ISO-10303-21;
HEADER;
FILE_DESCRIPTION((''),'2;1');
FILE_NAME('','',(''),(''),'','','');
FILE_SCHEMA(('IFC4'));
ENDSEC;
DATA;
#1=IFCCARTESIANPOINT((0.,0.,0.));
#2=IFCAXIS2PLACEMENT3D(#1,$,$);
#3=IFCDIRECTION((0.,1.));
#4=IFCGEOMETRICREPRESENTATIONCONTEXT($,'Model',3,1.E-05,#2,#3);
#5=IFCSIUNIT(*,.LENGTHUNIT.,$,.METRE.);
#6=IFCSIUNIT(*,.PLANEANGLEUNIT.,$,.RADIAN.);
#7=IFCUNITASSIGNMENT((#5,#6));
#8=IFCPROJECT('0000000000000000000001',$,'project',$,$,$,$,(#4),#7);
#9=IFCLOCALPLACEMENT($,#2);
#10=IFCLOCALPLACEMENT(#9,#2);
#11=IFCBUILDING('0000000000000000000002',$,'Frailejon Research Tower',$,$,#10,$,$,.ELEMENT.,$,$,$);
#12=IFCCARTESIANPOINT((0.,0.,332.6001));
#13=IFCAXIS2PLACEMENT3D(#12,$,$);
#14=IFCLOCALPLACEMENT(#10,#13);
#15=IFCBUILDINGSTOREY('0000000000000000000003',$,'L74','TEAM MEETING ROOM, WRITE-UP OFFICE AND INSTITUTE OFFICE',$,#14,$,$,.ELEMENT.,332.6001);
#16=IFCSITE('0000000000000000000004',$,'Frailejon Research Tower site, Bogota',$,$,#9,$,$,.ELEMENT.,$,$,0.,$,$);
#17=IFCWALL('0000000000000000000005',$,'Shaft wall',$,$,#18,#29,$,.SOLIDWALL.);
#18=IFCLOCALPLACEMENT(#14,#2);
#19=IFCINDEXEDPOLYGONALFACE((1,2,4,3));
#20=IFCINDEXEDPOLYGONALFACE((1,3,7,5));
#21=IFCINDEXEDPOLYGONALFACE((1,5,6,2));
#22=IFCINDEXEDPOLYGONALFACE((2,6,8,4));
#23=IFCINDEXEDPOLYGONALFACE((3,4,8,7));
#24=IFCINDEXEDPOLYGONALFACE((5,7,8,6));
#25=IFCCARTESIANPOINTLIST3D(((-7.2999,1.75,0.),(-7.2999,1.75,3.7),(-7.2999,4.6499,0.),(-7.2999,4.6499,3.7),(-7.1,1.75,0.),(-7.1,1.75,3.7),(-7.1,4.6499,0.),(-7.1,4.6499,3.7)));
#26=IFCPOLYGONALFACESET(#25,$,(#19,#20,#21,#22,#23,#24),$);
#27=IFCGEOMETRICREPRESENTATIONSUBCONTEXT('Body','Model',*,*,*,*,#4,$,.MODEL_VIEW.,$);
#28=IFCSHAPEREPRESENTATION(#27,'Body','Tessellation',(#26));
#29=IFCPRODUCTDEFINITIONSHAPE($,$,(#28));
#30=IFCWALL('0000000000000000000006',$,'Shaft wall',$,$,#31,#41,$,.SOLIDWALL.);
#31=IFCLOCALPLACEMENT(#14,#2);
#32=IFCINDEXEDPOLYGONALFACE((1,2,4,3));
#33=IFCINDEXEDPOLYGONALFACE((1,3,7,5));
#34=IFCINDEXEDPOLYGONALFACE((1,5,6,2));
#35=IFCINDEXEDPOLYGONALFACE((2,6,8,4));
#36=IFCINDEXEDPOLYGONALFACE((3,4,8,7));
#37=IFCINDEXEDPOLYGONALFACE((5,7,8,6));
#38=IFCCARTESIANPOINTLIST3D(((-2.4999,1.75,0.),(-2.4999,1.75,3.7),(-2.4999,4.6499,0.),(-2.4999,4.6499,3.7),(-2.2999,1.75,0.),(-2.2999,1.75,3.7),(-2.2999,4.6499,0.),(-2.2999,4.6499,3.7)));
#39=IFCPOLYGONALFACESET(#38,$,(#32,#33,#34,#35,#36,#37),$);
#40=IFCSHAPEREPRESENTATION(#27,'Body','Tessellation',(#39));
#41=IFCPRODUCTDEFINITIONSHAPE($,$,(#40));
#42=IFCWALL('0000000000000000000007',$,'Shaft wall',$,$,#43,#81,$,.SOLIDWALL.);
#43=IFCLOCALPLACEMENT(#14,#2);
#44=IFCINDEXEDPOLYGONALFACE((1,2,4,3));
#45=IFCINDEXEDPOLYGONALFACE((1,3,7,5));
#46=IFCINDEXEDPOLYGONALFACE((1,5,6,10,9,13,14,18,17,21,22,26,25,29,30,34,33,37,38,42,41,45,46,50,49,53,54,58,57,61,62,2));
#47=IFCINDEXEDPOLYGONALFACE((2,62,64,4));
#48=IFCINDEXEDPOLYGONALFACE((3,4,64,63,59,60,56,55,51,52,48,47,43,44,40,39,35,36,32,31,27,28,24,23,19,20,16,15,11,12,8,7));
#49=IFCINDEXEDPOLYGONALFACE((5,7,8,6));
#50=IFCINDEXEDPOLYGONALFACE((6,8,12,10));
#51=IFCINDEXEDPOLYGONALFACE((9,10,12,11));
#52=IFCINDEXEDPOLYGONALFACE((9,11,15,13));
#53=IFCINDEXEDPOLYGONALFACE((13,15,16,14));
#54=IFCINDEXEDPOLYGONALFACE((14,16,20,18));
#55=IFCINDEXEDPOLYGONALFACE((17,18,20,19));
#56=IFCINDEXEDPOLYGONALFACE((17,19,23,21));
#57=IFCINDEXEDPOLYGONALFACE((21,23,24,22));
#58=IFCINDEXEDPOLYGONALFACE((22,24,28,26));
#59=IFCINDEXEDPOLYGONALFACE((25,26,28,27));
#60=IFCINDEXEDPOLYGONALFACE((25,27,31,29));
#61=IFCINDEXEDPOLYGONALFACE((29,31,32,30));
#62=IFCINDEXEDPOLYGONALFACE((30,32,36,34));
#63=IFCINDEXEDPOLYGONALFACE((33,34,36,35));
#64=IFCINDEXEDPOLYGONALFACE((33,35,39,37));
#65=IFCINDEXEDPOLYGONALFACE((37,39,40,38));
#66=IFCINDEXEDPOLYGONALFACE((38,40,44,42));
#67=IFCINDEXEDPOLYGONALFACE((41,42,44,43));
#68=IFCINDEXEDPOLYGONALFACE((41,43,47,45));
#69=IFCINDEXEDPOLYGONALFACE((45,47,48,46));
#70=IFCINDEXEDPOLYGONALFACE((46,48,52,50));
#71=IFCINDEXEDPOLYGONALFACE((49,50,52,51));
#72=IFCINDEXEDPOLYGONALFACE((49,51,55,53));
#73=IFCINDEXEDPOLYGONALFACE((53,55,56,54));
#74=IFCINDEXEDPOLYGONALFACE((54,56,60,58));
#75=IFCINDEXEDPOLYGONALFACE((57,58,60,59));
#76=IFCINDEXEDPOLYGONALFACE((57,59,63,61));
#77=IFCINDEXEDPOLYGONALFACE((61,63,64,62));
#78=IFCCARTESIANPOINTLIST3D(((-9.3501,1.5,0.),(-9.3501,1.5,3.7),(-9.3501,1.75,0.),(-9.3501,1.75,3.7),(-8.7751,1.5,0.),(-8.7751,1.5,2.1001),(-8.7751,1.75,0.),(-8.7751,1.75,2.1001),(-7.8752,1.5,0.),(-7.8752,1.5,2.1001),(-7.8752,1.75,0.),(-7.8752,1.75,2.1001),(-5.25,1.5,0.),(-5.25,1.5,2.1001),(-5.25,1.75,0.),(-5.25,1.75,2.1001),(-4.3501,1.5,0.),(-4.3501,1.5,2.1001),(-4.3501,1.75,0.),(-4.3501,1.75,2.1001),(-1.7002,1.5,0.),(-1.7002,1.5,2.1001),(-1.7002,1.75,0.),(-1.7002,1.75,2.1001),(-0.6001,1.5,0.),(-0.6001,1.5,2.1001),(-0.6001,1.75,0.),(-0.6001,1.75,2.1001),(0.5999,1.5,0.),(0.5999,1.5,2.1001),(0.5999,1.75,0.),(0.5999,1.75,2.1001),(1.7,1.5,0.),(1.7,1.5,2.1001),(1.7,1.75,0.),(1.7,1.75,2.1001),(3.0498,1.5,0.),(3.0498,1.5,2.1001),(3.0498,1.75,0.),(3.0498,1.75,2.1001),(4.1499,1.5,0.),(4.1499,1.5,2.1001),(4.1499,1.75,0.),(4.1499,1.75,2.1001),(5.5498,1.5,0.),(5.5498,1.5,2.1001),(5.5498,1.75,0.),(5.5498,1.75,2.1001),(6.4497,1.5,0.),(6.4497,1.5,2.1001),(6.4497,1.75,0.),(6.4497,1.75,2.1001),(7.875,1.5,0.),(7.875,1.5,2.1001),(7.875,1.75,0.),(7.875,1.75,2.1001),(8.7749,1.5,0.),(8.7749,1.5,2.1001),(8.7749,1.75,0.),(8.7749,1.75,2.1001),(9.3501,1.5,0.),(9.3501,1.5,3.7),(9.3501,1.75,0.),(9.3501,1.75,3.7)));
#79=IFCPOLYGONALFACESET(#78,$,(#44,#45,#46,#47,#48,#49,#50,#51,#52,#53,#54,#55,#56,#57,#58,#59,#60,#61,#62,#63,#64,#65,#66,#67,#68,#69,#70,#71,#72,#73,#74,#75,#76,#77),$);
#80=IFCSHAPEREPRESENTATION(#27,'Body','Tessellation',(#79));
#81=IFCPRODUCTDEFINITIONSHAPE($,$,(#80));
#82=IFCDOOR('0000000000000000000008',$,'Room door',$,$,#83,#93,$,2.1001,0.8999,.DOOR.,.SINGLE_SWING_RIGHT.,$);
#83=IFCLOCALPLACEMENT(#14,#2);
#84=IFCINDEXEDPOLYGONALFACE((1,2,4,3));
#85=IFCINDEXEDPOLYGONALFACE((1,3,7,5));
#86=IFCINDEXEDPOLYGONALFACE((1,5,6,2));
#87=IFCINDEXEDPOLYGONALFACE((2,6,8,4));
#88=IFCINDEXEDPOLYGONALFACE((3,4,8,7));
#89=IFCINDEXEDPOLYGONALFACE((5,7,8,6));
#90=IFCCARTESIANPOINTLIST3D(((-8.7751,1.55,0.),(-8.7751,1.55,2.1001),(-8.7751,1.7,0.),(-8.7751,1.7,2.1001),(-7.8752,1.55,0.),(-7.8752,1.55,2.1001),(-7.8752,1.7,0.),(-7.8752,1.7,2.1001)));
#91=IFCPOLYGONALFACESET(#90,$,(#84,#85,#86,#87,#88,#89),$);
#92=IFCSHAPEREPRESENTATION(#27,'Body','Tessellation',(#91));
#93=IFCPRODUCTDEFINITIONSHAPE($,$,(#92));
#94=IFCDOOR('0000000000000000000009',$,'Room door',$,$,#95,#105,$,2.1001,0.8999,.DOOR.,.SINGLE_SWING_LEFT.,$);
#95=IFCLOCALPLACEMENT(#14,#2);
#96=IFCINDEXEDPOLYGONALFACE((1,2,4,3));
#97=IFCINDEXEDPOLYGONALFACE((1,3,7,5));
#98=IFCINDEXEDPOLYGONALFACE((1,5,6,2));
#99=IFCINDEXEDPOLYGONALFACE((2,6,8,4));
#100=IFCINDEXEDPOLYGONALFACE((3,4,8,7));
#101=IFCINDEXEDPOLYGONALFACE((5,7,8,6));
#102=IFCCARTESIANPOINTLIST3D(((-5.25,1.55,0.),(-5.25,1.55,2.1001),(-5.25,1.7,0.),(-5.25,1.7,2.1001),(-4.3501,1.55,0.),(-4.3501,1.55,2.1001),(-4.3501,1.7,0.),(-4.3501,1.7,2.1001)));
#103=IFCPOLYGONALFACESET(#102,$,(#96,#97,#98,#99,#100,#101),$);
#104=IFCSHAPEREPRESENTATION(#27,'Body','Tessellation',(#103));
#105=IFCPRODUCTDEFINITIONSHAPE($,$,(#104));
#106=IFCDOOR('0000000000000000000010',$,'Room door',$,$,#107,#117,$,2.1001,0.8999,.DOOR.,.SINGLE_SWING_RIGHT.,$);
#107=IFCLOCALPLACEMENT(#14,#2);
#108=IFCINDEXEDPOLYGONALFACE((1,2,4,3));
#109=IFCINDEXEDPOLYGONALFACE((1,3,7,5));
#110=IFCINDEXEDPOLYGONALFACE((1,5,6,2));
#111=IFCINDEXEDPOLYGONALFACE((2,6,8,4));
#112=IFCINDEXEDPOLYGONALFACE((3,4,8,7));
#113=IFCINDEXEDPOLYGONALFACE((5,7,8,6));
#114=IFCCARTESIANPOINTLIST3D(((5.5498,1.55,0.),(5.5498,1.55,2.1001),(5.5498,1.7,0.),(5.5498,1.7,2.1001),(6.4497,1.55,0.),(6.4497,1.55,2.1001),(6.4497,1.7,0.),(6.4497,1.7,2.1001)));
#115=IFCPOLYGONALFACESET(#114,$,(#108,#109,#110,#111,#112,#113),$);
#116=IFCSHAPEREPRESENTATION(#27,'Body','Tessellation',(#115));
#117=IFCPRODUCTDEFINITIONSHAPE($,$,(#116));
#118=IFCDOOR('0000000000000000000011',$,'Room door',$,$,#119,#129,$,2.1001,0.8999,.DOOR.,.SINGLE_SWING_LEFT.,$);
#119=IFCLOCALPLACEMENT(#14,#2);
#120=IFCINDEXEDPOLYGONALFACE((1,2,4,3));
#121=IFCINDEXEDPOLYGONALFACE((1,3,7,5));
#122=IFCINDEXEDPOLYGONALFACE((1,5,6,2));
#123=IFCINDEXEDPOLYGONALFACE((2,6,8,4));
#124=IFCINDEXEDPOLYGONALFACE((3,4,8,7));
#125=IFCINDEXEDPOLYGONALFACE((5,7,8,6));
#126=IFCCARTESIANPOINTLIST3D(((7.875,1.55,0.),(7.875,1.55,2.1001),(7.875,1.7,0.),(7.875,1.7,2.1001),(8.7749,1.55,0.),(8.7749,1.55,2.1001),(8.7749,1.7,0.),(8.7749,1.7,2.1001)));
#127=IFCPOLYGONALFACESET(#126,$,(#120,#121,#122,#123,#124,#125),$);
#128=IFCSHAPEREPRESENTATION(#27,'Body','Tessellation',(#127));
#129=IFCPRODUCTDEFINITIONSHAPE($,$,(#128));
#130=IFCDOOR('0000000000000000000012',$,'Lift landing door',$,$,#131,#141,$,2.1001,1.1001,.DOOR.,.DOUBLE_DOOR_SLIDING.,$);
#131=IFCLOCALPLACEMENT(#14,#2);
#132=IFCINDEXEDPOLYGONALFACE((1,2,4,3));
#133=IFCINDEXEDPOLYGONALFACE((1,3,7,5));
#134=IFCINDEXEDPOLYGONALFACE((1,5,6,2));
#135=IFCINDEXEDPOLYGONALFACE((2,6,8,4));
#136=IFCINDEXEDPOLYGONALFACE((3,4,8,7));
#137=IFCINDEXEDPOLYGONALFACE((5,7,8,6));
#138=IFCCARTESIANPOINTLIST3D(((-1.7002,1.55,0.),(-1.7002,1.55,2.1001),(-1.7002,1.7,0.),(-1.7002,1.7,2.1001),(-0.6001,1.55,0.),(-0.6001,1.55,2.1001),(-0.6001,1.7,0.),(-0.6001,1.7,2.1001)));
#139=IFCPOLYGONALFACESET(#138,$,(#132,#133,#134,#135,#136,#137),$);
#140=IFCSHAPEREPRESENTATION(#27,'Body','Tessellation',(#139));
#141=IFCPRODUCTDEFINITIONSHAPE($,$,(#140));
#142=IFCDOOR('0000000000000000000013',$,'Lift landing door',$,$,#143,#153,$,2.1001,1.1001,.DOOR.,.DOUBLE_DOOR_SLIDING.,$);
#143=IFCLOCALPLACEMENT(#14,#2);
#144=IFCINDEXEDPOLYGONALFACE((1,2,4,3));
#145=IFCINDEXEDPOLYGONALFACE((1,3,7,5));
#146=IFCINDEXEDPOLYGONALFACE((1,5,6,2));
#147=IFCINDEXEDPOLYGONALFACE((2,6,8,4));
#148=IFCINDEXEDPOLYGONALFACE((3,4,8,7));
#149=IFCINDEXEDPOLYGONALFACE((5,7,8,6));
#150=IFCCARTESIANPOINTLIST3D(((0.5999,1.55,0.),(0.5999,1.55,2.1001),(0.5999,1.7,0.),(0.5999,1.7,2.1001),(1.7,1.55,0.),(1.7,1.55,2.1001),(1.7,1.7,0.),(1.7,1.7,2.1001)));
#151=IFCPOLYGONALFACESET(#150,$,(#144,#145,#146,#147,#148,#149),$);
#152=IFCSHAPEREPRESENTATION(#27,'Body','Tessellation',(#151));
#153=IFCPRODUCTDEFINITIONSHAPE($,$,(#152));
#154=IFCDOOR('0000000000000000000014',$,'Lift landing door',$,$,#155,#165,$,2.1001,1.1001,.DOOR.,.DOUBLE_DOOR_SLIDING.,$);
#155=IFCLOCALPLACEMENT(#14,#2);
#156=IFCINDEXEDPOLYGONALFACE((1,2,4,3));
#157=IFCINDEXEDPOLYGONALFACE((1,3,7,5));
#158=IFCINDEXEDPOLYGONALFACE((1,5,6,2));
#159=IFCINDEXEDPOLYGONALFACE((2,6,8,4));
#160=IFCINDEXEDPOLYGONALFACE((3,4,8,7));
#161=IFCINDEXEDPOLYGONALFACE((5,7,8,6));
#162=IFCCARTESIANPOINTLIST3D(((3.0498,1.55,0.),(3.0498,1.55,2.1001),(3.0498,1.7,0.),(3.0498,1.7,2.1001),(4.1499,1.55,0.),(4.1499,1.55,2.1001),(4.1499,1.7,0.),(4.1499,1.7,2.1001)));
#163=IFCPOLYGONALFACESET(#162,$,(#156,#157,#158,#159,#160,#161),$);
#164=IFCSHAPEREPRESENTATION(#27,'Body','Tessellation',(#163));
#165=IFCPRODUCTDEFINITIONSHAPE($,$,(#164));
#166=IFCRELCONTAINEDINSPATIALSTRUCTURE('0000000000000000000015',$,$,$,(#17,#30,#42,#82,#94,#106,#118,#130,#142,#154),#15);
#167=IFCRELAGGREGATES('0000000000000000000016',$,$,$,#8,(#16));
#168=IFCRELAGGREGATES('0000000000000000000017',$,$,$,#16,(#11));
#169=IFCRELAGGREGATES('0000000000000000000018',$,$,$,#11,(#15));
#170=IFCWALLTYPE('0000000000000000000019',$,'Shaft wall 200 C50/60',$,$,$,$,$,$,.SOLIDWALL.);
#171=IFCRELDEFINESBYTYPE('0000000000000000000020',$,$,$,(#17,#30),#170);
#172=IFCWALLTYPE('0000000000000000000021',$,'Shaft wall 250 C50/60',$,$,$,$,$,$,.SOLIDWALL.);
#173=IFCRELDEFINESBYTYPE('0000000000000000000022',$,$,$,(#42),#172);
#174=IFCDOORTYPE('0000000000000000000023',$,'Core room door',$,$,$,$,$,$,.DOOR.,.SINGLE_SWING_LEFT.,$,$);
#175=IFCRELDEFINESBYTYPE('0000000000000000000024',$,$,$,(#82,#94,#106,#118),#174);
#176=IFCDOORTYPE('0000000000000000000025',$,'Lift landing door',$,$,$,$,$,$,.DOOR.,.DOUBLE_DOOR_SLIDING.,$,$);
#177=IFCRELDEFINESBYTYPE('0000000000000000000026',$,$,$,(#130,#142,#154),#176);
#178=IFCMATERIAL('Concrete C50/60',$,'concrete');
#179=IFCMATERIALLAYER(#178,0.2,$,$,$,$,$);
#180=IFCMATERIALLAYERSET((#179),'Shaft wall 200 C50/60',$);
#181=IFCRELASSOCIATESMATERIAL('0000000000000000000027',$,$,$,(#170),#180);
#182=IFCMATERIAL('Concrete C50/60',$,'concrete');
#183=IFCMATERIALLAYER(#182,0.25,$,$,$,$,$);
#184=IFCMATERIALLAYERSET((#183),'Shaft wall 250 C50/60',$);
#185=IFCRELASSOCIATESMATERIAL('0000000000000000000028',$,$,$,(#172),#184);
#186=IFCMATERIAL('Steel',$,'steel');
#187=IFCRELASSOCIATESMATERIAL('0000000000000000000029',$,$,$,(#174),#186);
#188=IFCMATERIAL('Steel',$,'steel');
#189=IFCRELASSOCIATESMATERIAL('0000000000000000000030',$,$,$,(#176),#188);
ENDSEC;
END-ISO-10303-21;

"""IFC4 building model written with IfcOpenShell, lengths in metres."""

from ifc_helpers import new_model, si_unit, direction, frame, frame_2d, origin, place, context, subcontext, project, spatial, rectangle, extrude, material, layer, layer_set, type_object, element, fill, save


model = new_model("IFC4")

# Units and contexts
model_context = context("Model", 3, precision=1e-05, world=origin(), true_north=direction((0.0, 1.0)))
body_context = subcontext(model_context, "Body", "Model", "MODEL_VIEW")
ifc_project = project(units=[si_unit("LENGTHUNIT", "METRE"), si_unit("PLANEANGLEUNIT", "RADIAN")], contexts=[model_context])

# Site, building, storey
site_placement = place(None, origin())
site = spatial("IfcSite", under=ifc_project, at=site_placement, Name="Frailejon Research Tower site, Bogota", CompositionType="ELEMENT", RefElevation=0.0)
building_placement = place(site_placement, origin())
building = spatial("IfcBuilding", under=site, at=building_placement, Name="Frailejon Research Tower", CompositionType="ELEMENT")
storey_placement = place(building_placement, frame((0.0, 0.0, 332.6001)))
storey = spatial("IfcBuildingStorey", under=building, at=storey_placement, Name="L74", Description="TEAM MEETING ROOM, WRITE-UP OFFICE AND INSTITUTE OFFICE", CompositionType="ELEMENT", Elevation=332.6001)

# Walls
ifc_material_1 = material(Name="Concrete C50/60", Category="concrete")
ifc_layer_1 = layer(ifc_material_1, 0.2)
ifc_layer_set_1 = layer_set([ifc_layer_1], Name="Shaft wall 200 C50/60")
wall_type_1 = type_object("IfcWallType", Name="Shaft wall 200 C50/60", PredefinedType="SOLIDWALL", material=ifc_layer_set_1)
for number, where, z_axis, x_axis, name in (
    (1, (-7.2, 1.75, 0.0), (0.0, 0.0, 1.0), (0.0, 1.0, 0.0), "Shaft wall"),
    (2, (-2.3999, 1.75, 0.0), (0.0, 0.0, 1.0), (0.0, 1.0, 0.0), "Shaft wall"),
):
    element("IfcWall", number, at=place(storey_placement, frame(where, z_axis=z_axis, x_axis=x_axis)), inside=storey, type_object=wall_type_1, Name=name, PredefinedType="SOLIDWALL", context=body_context, shape_type="SweptSolid", body=[
        extrude(rectangle(XDim=2.8999, YDim=0.2, at=frame_2d((1.45, 0.0))), origin(), (0.0, 0.0, 1.0), 3.7),
    ])

# Wall, openings, doors
ifc_material_2 = material(Name="Concrete C50/60", Category="concrete")
ifc_layer_2 = layer(ifc_material_2, 0.25)
ifc_layer_set_2 = layer_set([ifc_layer_2], Name="Shaft wall 250 C50/60")
wall_type_2 = type_object("IfcWallType", Name="Shaft wall 250 C50/60", PredefinedType="SOLIDWALL", material=ifc_layer_set_2)
wall_1_placement = place(storey_placement, frame((-9.3501, 1.625, 0.0), z_axis=(0.0, 0.0, 1.0), x_axis=(1.0, 0.0, 0.0)))
wall_1 = element("IfcWall", 3, at=wall_1_placement, inside=storey, type_object=wall_type_2, Name="Shaft wall", PredefinedType="SOLIDWALL", context=body_context, shape_type="SweptSolid", body=[
    extrude(rectangle(XDim=18.7002, YDim=0.25, at=frame_2d((9.3501, 0.0))), origin(), (0.0, 0.0, 1.0), 3.7),
])
opening_1_placement = place(wall_1_placement, frame((7.6499, 0.0, 0.0)))
opening_1 = element("IfcOpeningElement", 4, at=opening_1_placement, cuts=wall_1, PredefinedType="OPENING", context=body_context, shape_type="SweptSolid", body=[
    extrude(rectangle(XDim=1.1001, YDim=2.1001, at=frame_2d((0.55, 1.05))), frame((0.0, 0.135, 0.0), z_axis=(0.0, -1.0, 0.0), x_axis=(1.0, 0.0, 0.0)), (0.0, 0.0, 1.0), 0.27),
])
opening_2_placement = place(wall_1_placement, frame((9.95, 0.0, 0.0)))
opening_2 = element("IfcOpeningElement", 5, at=opening_2_placement, cuts=wall_1, PredefinedType="OPENING", context=body_context, shape_type="SweptSolid", body=[
    extrude(rectangle(XDim=1.1001, YDim=2.1001, at=frame_2d((0.55, 1.05))), frame((0.0, 0.135, 0.0), z_axis=(0.0, -1.0, 0.0), x_axis=(1.0, 0.0, 0.0)), (0.0, 0.0, 1.0), 0.27),
])
opening_3_placement = place(wall_1_placement, frame((12.3999, 0.0, 0.0)))
opening_3 = element("IfcOpeningElement", 6, at=opening_3_placement, cuts=wall_1, PredefinedType="OPENING", context=body_context, shape_type="SweptSolid", body=[
    extrude(rectangle(XDim=1.1001, YDim=2.1001, at=frame_2d((0.55, 1.05))), frame((0.0, 0.135, 0.0), z_axis=(0.0, -1.0, 0.0), x_axis=(1.0, 0.0, 0.0)), (0.0, 0.0, 1.0), 0.27),
])
opening_4_placement = place(wall_1_placement, frame((0.575, 0.0, 0.0)))
opening_4 = element("IfcOpeningElement", 7, at=opening_4_placement, cuts=wall_1, PredefinedType="OPENING", context=body_context, shape_type="SweptSolid", body=[
    extrude(rectangle(XDim=0.8999, YDim=2.1001, at=frame_2d((0.45, 1.05))), frame((0.0, 0.135, 0.0), z_axis=(0.0, -1.0, 0.0), x_axis=(1.0, 0.0, 0.0)), (0.0, 0.0, 1.0), 0.27),
])
opening_5_placement = place(wall_1_placement, frame((4.1001, 0.0, 0.0)))
opening_5 = element("IfcOpeningElement", 8, at=opening_5_placement, cuts=wall_1, PredefinedType="OPENING", context=body_context, shape_type="SweptSolid", body=[
    extrude(rectangle(XDim=0.8999, YDim=2.1001, at=frame_2d((0.45, 1.05))), frame((0.0, 0.135, 0.0), z_axis=(0.0, -1.0, 0.0), x_axis=(1.0, 0.0, 0.0)), (0.0, 0.0, 1.0), 0.27),
])
opening_6_placement = place(wall_1_placement, frame((14.8999, 0.0, 0.0)))
opening_6 = element("IfcOpeningElement", 9, at=opening_6_placement, cuts=wall_1, PredefinedType="OPENING", context=body_context, shape_type="SweptSolid", body=[
    extrude(rectangle(XDim=0.8999, YDim=2.1001, at=frame_2d((0.45, 1.05))), frame((0.0, 0.135, 0.0), z_axis=(0.0, -1.0, 0.0), x_axis=(1.0, 0.0, 0.0)), (0.0, 0.0, 1.0), 0.27),
])
opening_7_placement = place(wall_1_placement, frame((17.2251, 0.0, 0.0)))
opening_7 = element("IfcOpeningElement", 10, at=opening_7_placement, cuts=wall_1, PredefinedType="OPENING", context=body_context, shape_type="SweptSolid", body=[
    extrude(rectangle(XDim=0.8999, YDim=2.1001, at=frame_2d((0.45, 1.05))), frame((0.0, 0.135, 0.0), z_axis=(0.0, -1.0, 0.0), x_axis=(1.0, 0.0, 0.0)), (0.0, 0.0, 1.0), 0.27),
])
ifc_material_3 = material(Name="Steel", Category="steel")
door_type_1 = type_object("IfcDoorType", Name="Core room door", OperationType="SINGLE_SWING_LEFT", PredefinedType="DOOR", material=ifc_material_3)
door_1_placement = place(opening_4_placement, origin())
door_1 = element("IfcDoor", 11, at=door_1_placement, inside=storey, type_object=door_type_1, Name="Room door", OperationType="SINGLE_SWING_RIGHT", OverallHeight=2.1001, OverallWidth=0.8999, PredefinedType="DOOR", context=body_context, shape_type="SweptSolid", body=[
    extrude(rectangle(XDim=0.8999, YDim=2.1001, at=frame_2d((0.45, 1.05))), frame((0.0, 0.075, 0.0), z_axis=(0.0, -1.0, 0.0), x_axis=(1.0, 0.0, 0.0)), (0.0, 0.0, 1.0), 0.1499),
])
fill(opening_4, door_1)
door_2_placement = place(opening_5_placement, origin())
door_2 = element("IfcDoor", 12, at=door_2_placement, inside=storey, type_object=door_type_1, Name="Room door", OperationType="SINGLE_SWING_LEFT", OverallHeight=2.1001, OverallWidth=0.8999, PredefinedType="DOOR", context=body_context, shape_type="SweptSolid", body=[
    extrude(rectangle(XDim=0.8999, YDim=2.1001, at=frame_2d((0.45, 1.05))), frame((0.0, 0.075, 0.0), z_axis=(0.0, -1.0, 0.0), x_axis=(1.0, 0.0, 0.0)), (0.0, 0.0, 1.0), 0.1499),
])
fill(opening_5, door_2)
door_3_placement = place(opening_6_placement, origin())
door_3 = element("IfcDoor", 13, at=door_3_placement, inside=storey, type_object=door_type_1, Name="Room door", OperationType="SINGLE_SWING_RIGHT", OverallHeight=2.1001, OverallWidth=0.8999, PredefinedType="DOOR", context=body_context, shape_type="SweptSolid", body=[
    extrude(rectangle(XDim=0.8999, YDim=2.1001, at=frame_2d((0.45, 1.05))), frame((0.0, 0.075, 0.0), z_axis=(0.0, -1.0, 0.0), x_axis=(1.0, 0.0, 0.0)), (0.0, 0.0, 1.0), 0.1499),
])
fill(opening_6, door_3)
door_4_placement = place(opening_7_placement, origin())
door_4 = element("IfcDoor", 14, at=door_4_placement, inside=storey, type_object=door_type_1, Name="Room door", OperationType="SINGLE_SWING_LEFT", OverallHeight=2.1001, OverallWidth=0.8999, PredefinedType="DOOR", context=body_context, shape_type="SweptSolid", body=[
    extrude(rectangle(XDim=0.8999, YDim=2.1001, at=frame_2d((0.45, 1.05))), frame((0.0, 0.075, 0.0), z_axis=(0.0, -1.0, 0.0), x_axis=(1.0, 0.0, 0.0)), (0.0, 0.0, 1.0), 0.1499),
])
fill(opening_7, door_4)
ifc_material_4 = material(Name="Steel", Category="steel")
door_type_2 = type_object("IfcDoorType", Name="Lift landing door", OperationType="DOUBLE_DOOR_SLIDING", PredefinedType="DOOR", material=ifc_material_4)
door_5_placement = place(opening_1_placement, origin())
door_5 = element("IfcDoor", 15, at=door_5_placement, inside=storey, type_object=door_type_2, Name="Lift landing door", OperationType="DOUBLE_DOOR_SLIDING", OverallHeight=2.1001, OverallWidth=1.1001, PredefinedType="DOOR", context=body_context, shape_type="SweptSolid", body=[
    extrude(rectangle(XDim=1.1001, YDim=2.1001, at=frame_2d((0.55, 1.05))), frame((0.0, 0.075, 0.0), z_axis=(0.0, -1.0, 0.0), x_axis=(1.0, 0.0, 0.0)), (0.0, 0.0, 1.0), 0.1499),
])
fill(opening_1, door_5)
door_6_placement = place(opening_2_placement, origin())
door_6 = element("IfcDoor", 16, at=door_6_placement, inside=storey, type_object=door_type_2, Name="Lift landing door", OperationType="DOUBLE_DOOR_SLIDING", OverallHeight=2.1001, OverallWidth=1.1001, PredefinedType="DOOR", context=body_context, shape_type="SweptSolid", body=[
    extrude(rectangle(XDim=1.1001, YDim=2.1001, at=frame_2d((0.55, 1.05))), frame((0.0, 0.075, 0.0), z_axis=(0.0, -1.0, 0.0), x_axis=(1.0, 0.0, 0.0)), (0.0, 0.0, 1.0), 0.1499),
])
fill(opening_2, door_6)
door_7_placement = place(opening_3_placement, origin())
door_7 = element("IfcDoor", 17, at=door_7_placement, inside=storey, type_object=door_type_2, Name="Lift landing door", OperationType="DOUBLE_DOOR_SLIDING", OverallHeight=2.1001, OverallWidth=1.1001, PredefinedType="DOOR", context=body_context, shape_type="SweptSolid", body=[
    extrude(rectangle(XDim=1.1001, YDim=2.1001, at=frame_2d((0.55, 1.05))), frame((0.0, 0.075, 0.0), z_axis=(0.0, -1.0, 0.0), x_axis=(1.0, 0.0, 0.0)), (0.0, 0.0, 1.0), 0.1499),
])
fill(opening_3, door_7)

save(model, "model.ifc")
